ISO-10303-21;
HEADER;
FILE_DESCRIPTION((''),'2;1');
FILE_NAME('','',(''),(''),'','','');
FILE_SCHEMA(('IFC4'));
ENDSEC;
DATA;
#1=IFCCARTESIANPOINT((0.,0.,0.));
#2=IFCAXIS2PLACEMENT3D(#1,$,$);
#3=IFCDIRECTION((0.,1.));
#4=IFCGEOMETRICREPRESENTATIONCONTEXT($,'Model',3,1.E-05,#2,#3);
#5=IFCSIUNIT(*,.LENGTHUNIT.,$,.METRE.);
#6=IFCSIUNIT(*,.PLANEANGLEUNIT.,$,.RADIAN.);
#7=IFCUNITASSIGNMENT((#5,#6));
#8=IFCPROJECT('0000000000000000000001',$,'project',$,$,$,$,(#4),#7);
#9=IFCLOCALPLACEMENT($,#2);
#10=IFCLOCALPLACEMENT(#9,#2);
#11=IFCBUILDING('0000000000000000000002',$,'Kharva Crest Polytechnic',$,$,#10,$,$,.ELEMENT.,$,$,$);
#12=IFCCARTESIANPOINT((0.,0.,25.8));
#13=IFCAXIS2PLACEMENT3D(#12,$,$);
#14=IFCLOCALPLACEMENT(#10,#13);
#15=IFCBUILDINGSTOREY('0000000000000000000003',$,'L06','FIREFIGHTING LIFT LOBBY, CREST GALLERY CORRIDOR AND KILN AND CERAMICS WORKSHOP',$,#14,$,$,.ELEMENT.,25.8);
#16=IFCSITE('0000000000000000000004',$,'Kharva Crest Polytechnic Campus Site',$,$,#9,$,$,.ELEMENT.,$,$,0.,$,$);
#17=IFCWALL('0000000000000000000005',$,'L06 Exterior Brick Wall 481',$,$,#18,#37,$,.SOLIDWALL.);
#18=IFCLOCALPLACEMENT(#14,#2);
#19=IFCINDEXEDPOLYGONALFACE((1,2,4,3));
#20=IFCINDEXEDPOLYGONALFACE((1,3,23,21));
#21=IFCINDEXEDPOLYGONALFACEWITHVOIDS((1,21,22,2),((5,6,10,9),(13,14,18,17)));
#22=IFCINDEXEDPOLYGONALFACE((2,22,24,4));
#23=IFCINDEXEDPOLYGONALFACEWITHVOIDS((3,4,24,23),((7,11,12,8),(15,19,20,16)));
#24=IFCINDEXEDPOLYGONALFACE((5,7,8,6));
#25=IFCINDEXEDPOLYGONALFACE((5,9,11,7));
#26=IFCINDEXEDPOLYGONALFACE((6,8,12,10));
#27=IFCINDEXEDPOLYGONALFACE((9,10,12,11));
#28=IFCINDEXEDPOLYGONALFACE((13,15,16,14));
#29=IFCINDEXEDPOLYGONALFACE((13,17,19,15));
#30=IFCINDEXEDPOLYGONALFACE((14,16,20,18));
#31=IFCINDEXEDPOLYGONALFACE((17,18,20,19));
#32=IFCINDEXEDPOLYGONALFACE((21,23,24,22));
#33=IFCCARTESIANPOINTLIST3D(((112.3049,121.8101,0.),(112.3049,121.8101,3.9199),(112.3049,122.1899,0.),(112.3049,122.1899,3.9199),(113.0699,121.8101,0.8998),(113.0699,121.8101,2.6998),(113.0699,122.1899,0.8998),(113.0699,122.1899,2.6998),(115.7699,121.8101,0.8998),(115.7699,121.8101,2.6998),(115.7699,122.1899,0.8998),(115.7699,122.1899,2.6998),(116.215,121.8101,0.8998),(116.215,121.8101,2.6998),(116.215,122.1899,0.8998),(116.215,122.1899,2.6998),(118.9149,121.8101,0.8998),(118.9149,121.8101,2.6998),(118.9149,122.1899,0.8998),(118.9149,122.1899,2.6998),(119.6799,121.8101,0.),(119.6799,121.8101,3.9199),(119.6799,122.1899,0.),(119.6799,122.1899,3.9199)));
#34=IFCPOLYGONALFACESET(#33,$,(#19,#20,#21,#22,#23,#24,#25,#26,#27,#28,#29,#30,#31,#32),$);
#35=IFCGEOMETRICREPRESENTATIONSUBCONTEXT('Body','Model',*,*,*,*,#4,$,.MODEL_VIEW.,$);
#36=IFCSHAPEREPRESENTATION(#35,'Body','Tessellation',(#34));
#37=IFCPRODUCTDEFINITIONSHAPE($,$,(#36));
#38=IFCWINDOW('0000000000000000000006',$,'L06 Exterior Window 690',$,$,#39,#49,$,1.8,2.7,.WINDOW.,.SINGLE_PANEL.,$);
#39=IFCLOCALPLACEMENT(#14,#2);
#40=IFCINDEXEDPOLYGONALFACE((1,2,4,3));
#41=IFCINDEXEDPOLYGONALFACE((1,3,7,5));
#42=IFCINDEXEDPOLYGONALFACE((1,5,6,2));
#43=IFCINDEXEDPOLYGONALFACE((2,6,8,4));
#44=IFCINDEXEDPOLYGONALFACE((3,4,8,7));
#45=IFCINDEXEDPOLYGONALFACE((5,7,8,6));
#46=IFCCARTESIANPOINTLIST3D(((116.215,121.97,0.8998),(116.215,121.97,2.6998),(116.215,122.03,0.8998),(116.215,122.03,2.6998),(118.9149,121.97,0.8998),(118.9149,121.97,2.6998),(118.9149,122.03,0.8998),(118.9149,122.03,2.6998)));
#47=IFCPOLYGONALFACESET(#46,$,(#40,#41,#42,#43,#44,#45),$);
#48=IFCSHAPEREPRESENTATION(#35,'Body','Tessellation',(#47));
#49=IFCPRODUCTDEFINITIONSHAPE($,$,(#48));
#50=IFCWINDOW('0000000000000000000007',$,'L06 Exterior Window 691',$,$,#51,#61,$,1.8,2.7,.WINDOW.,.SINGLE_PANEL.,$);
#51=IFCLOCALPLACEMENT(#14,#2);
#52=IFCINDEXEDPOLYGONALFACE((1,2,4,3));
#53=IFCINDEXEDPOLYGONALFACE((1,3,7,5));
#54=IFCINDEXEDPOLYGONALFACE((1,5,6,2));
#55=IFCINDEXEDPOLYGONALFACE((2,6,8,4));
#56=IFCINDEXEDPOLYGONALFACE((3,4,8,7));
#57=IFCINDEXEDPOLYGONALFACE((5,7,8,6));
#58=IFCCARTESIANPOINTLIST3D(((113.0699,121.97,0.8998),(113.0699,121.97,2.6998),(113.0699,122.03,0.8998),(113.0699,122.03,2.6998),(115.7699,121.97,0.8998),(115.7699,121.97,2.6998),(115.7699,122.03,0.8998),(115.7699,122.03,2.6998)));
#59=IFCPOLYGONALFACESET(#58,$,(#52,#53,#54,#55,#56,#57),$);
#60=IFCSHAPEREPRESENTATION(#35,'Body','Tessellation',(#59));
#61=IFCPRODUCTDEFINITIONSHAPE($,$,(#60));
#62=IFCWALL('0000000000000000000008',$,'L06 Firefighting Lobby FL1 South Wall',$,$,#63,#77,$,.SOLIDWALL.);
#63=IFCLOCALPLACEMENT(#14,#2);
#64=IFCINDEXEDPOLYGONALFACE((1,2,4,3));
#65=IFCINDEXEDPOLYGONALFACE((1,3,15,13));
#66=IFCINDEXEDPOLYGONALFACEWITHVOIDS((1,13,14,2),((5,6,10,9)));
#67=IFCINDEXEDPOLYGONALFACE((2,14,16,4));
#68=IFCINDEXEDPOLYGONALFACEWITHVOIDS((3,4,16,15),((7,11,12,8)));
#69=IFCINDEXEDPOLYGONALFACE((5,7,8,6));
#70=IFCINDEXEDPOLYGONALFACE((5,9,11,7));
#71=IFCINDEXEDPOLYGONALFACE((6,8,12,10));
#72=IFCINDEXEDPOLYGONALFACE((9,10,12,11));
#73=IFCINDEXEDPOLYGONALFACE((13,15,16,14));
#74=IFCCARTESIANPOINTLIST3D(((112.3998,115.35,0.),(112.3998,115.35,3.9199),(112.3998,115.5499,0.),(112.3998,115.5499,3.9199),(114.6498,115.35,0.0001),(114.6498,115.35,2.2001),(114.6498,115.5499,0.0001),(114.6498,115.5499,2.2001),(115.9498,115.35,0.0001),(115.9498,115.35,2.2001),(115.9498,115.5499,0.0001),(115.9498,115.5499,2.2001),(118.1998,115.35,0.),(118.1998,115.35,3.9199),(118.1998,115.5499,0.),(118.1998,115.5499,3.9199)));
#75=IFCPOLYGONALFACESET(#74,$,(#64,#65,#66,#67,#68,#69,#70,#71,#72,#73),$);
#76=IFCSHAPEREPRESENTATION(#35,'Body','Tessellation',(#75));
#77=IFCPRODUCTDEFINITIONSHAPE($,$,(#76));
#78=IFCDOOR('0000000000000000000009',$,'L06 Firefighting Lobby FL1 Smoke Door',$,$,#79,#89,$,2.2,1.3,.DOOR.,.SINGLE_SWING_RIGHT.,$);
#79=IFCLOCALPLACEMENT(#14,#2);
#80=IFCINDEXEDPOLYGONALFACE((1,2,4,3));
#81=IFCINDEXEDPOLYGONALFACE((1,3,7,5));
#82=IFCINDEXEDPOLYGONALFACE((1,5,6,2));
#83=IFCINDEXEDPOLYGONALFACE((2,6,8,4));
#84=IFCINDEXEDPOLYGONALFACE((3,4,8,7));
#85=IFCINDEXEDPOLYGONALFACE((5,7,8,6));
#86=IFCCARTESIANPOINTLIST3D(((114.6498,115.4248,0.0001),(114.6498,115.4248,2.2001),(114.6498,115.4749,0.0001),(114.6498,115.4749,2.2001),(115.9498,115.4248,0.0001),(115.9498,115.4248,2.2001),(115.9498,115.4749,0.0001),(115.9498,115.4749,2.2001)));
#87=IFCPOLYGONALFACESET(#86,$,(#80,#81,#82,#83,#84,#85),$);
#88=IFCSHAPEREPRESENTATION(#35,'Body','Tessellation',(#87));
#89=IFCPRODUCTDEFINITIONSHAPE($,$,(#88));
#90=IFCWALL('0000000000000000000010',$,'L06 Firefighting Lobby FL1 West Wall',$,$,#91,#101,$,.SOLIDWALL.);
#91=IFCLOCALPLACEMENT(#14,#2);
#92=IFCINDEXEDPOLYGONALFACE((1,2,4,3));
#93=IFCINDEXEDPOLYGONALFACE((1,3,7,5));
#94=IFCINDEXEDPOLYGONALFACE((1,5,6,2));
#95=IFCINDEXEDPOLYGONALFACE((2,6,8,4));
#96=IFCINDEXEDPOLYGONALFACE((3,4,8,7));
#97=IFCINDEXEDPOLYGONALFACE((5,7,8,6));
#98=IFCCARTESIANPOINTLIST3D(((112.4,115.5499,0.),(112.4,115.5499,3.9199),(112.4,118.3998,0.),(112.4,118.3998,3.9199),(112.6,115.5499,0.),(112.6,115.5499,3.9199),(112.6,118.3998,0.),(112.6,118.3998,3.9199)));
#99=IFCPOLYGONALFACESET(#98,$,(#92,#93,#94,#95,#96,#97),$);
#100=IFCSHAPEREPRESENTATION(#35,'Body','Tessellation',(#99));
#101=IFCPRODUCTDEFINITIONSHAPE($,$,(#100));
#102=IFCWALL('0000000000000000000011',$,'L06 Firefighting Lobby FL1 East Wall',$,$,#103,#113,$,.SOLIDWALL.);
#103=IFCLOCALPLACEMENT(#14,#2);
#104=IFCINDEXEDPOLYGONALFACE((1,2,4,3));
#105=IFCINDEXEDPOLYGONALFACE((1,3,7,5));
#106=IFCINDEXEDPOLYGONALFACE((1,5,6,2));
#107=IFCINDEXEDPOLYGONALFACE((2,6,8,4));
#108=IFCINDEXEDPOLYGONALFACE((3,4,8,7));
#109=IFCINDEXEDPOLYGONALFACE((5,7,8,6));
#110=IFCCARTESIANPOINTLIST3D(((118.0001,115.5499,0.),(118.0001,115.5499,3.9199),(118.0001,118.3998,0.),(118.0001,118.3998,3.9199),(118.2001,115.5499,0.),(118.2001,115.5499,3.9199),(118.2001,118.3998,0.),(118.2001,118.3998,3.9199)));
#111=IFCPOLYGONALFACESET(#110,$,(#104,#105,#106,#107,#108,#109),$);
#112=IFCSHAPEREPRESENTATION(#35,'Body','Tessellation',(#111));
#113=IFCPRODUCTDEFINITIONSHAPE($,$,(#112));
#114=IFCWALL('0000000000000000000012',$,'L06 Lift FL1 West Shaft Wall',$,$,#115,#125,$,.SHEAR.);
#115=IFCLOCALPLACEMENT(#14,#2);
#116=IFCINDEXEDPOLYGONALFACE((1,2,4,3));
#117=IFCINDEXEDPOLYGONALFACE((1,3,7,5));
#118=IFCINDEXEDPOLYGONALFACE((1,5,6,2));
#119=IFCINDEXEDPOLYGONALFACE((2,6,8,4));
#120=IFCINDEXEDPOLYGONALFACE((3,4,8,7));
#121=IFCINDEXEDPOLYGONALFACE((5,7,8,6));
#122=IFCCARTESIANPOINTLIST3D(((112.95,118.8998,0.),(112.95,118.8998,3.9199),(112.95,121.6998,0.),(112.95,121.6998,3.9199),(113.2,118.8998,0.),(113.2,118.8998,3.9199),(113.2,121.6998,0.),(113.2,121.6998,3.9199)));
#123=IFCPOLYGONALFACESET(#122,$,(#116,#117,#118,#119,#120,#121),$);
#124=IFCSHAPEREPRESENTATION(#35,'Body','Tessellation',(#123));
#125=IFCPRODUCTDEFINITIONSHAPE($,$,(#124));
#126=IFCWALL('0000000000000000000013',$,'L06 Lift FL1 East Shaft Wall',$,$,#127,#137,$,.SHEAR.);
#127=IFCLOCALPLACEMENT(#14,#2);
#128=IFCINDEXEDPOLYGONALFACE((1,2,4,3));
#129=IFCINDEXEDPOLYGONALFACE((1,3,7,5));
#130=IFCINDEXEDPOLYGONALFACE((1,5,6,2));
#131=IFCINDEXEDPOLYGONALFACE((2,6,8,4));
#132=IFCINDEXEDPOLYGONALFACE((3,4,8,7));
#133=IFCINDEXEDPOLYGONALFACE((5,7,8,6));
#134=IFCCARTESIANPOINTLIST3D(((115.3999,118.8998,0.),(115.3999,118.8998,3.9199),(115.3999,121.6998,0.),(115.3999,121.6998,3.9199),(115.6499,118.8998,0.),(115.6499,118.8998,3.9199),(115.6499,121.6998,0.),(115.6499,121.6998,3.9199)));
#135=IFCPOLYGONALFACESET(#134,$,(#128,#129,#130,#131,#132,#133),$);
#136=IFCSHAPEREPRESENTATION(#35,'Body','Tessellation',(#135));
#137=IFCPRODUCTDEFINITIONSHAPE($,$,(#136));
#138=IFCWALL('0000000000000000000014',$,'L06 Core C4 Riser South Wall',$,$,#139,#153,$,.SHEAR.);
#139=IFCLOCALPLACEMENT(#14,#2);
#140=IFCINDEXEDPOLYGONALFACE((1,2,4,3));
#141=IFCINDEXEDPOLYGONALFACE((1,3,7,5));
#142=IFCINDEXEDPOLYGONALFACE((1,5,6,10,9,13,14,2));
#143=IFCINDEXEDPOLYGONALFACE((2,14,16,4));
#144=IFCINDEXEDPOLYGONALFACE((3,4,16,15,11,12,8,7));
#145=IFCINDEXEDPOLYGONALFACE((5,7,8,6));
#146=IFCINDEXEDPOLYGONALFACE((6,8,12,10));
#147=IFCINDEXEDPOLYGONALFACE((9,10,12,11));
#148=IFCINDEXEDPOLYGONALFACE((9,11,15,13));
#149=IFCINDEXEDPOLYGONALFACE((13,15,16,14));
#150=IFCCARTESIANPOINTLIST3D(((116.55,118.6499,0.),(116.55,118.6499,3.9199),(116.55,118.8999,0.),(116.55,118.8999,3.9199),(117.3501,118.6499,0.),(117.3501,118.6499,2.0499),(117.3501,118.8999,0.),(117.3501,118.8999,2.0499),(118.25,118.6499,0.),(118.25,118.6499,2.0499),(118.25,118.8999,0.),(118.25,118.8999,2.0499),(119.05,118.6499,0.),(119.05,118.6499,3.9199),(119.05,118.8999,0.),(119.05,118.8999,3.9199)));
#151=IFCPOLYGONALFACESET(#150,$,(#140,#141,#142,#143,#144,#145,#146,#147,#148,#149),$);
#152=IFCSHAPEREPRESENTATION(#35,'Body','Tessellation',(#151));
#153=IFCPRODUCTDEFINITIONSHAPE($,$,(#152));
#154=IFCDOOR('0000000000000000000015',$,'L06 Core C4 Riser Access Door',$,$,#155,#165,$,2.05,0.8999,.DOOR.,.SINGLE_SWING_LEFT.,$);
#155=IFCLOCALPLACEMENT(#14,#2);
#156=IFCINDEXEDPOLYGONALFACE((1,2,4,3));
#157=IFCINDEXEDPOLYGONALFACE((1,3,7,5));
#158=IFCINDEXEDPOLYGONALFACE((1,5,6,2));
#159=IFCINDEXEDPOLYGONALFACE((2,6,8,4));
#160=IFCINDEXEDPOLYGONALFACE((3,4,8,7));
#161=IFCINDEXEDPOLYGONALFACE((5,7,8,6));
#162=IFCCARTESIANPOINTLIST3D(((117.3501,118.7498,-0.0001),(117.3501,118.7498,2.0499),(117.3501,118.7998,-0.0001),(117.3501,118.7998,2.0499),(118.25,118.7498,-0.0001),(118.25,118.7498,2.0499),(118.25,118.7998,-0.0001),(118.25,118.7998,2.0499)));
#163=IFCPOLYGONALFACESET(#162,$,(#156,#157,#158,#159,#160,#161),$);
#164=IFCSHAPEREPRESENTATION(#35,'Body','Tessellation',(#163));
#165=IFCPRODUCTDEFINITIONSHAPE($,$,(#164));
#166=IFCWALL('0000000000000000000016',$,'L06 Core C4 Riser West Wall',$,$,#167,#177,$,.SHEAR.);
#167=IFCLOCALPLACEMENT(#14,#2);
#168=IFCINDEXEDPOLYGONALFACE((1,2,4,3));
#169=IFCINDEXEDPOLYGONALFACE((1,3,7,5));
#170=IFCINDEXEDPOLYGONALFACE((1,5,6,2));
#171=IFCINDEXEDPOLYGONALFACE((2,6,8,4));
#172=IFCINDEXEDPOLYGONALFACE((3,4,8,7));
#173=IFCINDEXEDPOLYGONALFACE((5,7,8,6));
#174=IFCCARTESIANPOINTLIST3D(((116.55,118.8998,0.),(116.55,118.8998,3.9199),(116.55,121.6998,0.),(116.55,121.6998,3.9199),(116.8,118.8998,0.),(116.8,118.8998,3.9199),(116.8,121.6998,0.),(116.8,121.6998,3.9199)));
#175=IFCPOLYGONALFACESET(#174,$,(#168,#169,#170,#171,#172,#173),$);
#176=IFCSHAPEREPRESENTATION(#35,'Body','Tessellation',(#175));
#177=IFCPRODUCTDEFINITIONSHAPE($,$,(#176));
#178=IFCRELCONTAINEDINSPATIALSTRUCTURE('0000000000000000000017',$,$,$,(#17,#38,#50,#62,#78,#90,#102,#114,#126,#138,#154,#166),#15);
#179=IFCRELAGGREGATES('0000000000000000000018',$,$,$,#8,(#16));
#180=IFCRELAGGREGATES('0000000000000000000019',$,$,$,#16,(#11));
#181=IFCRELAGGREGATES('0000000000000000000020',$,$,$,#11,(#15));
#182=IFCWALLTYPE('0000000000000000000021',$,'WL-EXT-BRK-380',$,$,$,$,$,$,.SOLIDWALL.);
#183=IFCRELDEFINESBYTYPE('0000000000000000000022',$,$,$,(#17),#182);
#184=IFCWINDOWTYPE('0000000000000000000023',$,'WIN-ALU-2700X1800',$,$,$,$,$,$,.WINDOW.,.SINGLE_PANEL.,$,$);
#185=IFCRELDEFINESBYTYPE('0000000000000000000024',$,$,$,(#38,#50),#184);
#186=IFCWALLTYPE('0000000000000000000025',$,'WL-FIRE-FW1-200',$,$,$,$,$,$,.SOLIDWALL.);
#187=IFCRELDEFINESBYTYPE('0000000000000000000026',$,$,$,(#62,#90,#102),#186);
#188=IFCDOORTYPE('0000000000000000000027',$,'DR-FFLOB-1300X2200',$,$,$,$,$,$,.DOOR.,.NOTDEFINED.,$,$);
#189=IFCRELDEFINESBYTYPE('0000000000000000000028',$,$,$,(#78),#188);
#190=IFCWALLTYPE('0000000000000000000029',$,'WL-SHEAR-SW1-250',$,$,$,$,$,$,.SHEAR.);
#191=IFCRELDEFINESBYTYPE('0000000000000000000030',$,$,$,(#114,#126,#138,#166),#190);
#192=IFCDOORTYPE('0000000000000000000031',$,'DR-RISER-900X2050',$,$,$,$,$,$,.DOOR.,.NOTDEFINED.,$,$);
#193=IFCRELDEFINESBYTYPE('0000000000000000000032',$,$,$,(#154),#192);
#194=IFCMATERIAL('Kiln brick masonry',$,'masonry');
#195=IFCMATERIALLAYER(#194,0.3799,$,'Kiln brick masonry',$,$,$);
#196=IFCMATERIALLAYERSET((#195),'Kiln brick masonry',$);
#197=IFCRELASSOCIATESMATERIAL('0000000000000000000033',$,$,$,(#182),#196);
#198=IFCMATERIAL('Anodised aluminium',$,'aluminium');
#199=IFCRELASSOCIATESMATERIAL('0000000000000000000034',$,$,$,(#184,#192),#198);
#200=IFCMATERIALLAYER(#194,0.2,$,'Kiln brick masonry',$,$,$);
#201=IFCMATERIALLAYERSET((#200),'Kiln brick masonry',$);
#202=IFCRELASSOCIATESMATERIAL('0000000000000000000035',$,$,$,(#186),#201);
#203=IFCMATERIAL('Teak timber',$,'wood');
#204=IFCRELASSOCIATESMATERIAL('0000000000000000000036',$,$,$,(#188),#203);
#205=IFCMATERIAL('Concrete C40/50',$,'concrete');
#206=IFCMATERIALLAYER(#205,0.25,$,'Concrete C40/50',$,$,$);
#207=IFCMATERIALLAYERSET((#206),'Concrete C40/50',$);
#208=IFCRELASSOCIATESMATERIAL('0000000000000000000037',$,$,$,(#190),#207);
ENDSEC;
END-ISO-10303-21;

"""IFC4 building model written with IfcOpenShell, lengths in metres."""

from ifc_helpers import new_model, si_unit, direction, frame, frame_2d, origin, place, context, subcontext, project, spatial, rectangle, extrude, material, layer, layer_set, type_object, element, fill, save


model = new_model("IFC4")

# Units and contexts
model_context = context("Model", 3, precision=1e-05, world=origin(), true_north=direction((0.0, 1.0)))
body_context = subcontext(model_context, "Body", "Model", "MODEL_VIEW")
ifc_project = project(units=[si_unit("LENGTHUNIT", "METRE"), si_unit("PLANEANGLEUNIT", "RADIAN")], contexts=[model_context])

# Site, building, storey
site_placement = place(None, origin())
site = spatial("IfcSite", under=ifc_project, at=site_placement, Name="Kharva Crest Polytechnic Campus Site", CompositionType="ELEMENT", RefElevation=0.0)
building_placement = place(site_placement, origin())
building = spatial("IfcBuilding", under=site, at=building_placement, Name="Kharva Crest Polytechnic", CompositionType="ELEMENT")
storey_placement = place(building_placement, frame((0.0, 0.0, 25.8)))
storey = spatial("IfcBuildingStorey", under=building, at=storey_placement, Name="L06", Description="FIREFIGHTING LIFT LOBBY, CREST GALLERY CORRIDOR AND KILN AND CERAMICS WORKSHOP", CompositionType="ELEMENT", Elevation=25.8)

# Shared definitions
ifc_material_1 = material(Name="Concrete C40/50", Category="concrete")

# Wall, openings, windows
ifc_material_2 = material(Name="Kiln brick masonry", Category="masonry")
ifc_material_3 = material(Name="Anodised aluminium", Category="aluminium")
ifc_layer_1 = layer(ifc_material_2, 0.3799, Name="Kiln brick masonry")
ifc_layer_set_1 = layer_set([ifc_layer_1], Name="Kiln brick masonry")
wall_type_1 = type_object("IfcWallType", Name="WL-EXT-BRK-380", PredefinedType="SOLIDWALL", material=ifc_layer_set_1)
wall_1_placement = place(storey_placement, frame((119.6799, 122.0, 0.0), z_axis=(0.0, 0.0, 1.0), x_axis=(-1.0, 0.0, 0.0)))
wall_1 = element("IfcWall", 1, at=wall_1_placement, inside=storey, type_object=wall_type_1, Name="L06 Exterior Brick Wall 481", PredefinedType="SOLIDWALL", context=body_context, shape_type="SweptSolid", body=[
    extrude(rectangle(XDim=7.375, YDim=0.3799, at=frame_2d((3.6875, 0.0))), origin(), (0.0, 0.0, 1.0), 3.9199),
])
opening_1_placement = place(wall_1_placement, frame((0.7649, 0.0, 0.8999)))
opening_1 = element("IfcOpeningElement", 2, at=opening_1_placement, cuts=wall_1, PredefinedType="OPENING", context=body_context, shape_type="SweptSolid", body=[
    extrude(rectangle(XDim=2.7, YDim=1.8, at=frame_2d((1.3501, 0.8999))), frame((0.0, 0.2, 0.0), z_axis=(0.0, -1.0, 0.0), x_axis=(1.0, 0.0, 0.0)), (0.0, 0.0, 1.0), 0.3999),
])
opening_2_placement = place(wall_1_placement, frame((3.9099, 0.0, 0.8999)))
opening_2 = element("IfcOpeningElement", 3, at=opening_2_placement, cuts=wall_1, PredefinedType="OPENING", context=body_context, shape_type="SweptSolid", body=[
    extrude(rectangle(XDim=2.7, YDim=1.8, at=frame_2d((1.3501, 0.8999))), frame((0.0, 0.2, 0.0), z_axis=(0.0, -1.0, 0.0), x_axis=(1.0, 0.0, 0.0)), (0.0, 0.0, 1.0), 0.3999),
])
window_type_1 = type_object("IfcWindowType", Name="WIN-ALU-2700X1800", PartitioningType="SINGLE_PANEL", PredefinedType="WINDOW", material=ifc_material_3)
window_1_placement = place(opening_1_placement, origin())
window_1 = element("IfcWindow", 4, at=window_1_placement, inside=storey, type_object=window_type_1, Name="L06 Exterior Window 690", OverallHeight=1.8, OverallWidth=2.7, PartitioningType="SINGLE_PANEL", PredefinedType="WINDOW", context=body_context, shape_type="SweptSolid", body=[
    extrude(rectangle(XDim=2.7, YDim=1.8, at=frame_2d((1.3501, 0.8999))), frame((0.0, 0.03, 0.0), z_axis=(0.0, -1.0, 0.0), x_axis=(1.0, 0.0, 0.0)), (0.0, 0.0, 1.0), 0.0601),
])
fill(opening_1, window_1)
window_2_placement = place(opening_2_placement, origin())
window_2 = element("IfcWindow", 5, at=window_2_placement, inside=storey, type_object=window_type_1, Name="L06 Exterior Window 691", OverallHeight=1.8, OverallWidth=2.7, PartitioningType="SINGLE_PANEL", PredefinedType="WINDOW", context=body_context, shape_type="SweptSolid", body=[
    extrude(rectangle(XDim=2.7, YDim=1.8, at=frame_2d((1.3501, 0.8999))), frame((0.0, 0.03, 0.0), z_axis=(0.0, -1.0, 0.0), x_axis=(1.0, 0.0, 0.0)), (0.0, 0.0, 1.0), 0.0601),
])
fill(opening_2, window_2)

# Wall, opening, door
ifc_layer_2 = layer(ifc_material_2, 0.2, Name="Kiln brick masonry")
ifc_layer_set_2 = layer_set([ifc_layer_2], Name="Kiln brick masonry")
wall_type_2 = type_object("IfcWallType", Name="WL-FIRE-FW1-200", PredefinedType="SOLIDWALL", material=ifc_layer_set_2)
wall_2_placement = place(storey_placement, frame((112.3999, 115.45, 0.0), z_axis=(0.0, 0.0, 1.0), x_axis=(1.0, 0.0, 0.0)))
wall_2 = element("IfcWall", 6, at=wall_2_placement, inside=storey, type_object=wall_type_2, Name="L06 Firefighting Lobby FL1 South Wall", PredefinedType="SOLIDWALL", context=body_context, shape_type="SweptSolid", body=[
    extrude(rectangle(XDim=5.8, YDim=0.2, at=frame_2d((2.8999, 0.0))), origin(), (0.0, 0.0, 1.0), 3.9199),
])
opening_3_placement = place(wall_2_placement, frame((2.25, 0.0, 0.0)))
opening_3 = element("IfcOpeningElement", 7, at=opening_3_placement, cuts=wall_2, PredefinedType="OPENING", context=body_context, shape_type="SweptSolid", body=[
    extrude(rectangle(XDim=1.3, YDim=2.2, at=frame_2d((0.6499, 1.1001))), frame((0.0, 0.1099, 0.0), z_axis=(0.0, -1.0, 0.0), x_axis=(1.0, 0.0, 0.0)), (0.0, 0.0, 1.0), 0.22),
])
ifc_material_4 = material(Name="Teak timber", Category="wood")
door_type_1 = type_object("IfcDoorType", Name="DR-FFLOB-1300X2200", OperationType="NOTDEFINED", PredefinedType="DOOR", material=ifc_material_4)
door_1_placement = place(opening_3_placement, origin())
door_1 = element("IfcDoor", 8, at=door_1_placement, inside=storey, type_object=door_type_1, Name="L06 Firefighting Lobby FL1 Smoke Door", OperationType="SINGLE_SWING_RIGHT", OverallHeight=2.2, OverallWidth=1.3, PredefinedType="DOOR", context=body_context, shape_type="SweptSolid", body=[
    extrude(rectangle(XDim=1.3, YDim=2.2, at=frame_2d((0.6499, 1.1001))), frame((0.0, 0.0249, 0.0), z_axis=(0.0, -1.0, 0.0), x_axis=(1.0, 0.0, 0.0)), (0.0, 0.0, 1.0), 0.05),
])
fill(opening_3, door_1)

# Walls
for number, where, z_axis, x_axis, name in (
    (9, (112.5, 115.55, 0.0), (0.0, 0.0, 1.0), (0.0, 1.0, 0.0), "L06 Firefighting Lobby FL1 West Wall"),
    (10, (118.1001, 115.55, 0.0), (0.0, 0.0, 1.0), (0.0, 1.0, 0.0), "L06 Firefighting Lobby FL1 East Wall"),
):
    element("IfcWall", number, at=place(storey_placement, frame(where, z_axis=z_axis, x_axis=x_axis)), inside=storey, type_object=wall_type_2, Name=name, PredefinedType="SOLIDWALL", context=body_context, shape_type="SweptSolid", body=[
        extrude(rectangle(XDim=2.8499, YDim=0.2, at=frame_2d((1.4248, 0.0))), origin(), (0.0, 0.0, 1.0), 3.9199),
    ])

# Shared definitions
ifc_layer_3 = layer(ifc_material_1, 0.25, Name="Concrete C40/50")
ifc_layer_set_3 = layer_set([ifc_layer_3], Name="Concrete C40/50")
wall_type_3 = type_object("IfcWallType", Name="WL-SHEAR-SW1-250", PredefinedType="SHEAR", material=ifc_layer_set_3)

# Walls
for number, where, z_axis, x_axis, name in (
    (11, (113.075, 118.8999, 0.0), (0.0, 0.0, 1.0), (0.0, 1.0, 0.0), "L06 Lift FL1 West Shaft Wall"),
    (12, (115.5249, 118.8999, 0.0), (0.0, 0.0, 1.0), (0.0, 1.0, 0.0), "L06 Lift FL1 East Shaft Wall"),
):
    element("IfcWall", number, at=place(storey_placement, frame(where, z_axis=z_axis, x_axis=x_axis)), inside=storey, type_object=wall_type_3, Name=name, PredefinedType="SHEAR", context=body_context, shape_type="SweptSolid", body=[
        extrude(rectangle(XDim=2.8, YDim=0.25, at=frame_2d((1.3999, 0.0))), origin(), (0.0, 0.0, 1.0), 3.9199),
    ])

# Wall, opening, door
wall_3_placement = place(storey_placement, frame((116.55, 118.7749, 0.0), z_axis=(0.0, 0.0, 1.0), x_axis=(1.0, 0.0, 0.0)))
wall_3 = element("IfcWall", 13, at=wall_3_placement, inside=storey, type_object=wall_type_3, Name="L06 Core C4 Riser South Wall", PredefinedType="SHEAR", context=body_context, shape_type="SweptSolid", body=[
    extrude(rectangle(XDim=2.5, YDim=0.25, at=frame_2d((1.25, 0.0))), origin(), (0.0, 0.0, 1.0), 3.9199),
])
opening_4_placement = place(wall_3_placement, frame((0.8, 0.0, 0.0)))
opening_4 = element("IfcOpeningElement", 14, at=opening_4_placement, cuts=wall_3, PredefinedType="OPENING", context=body_context, shape_type="SweptSolid", body=[
    extrude(rectangle(XDim=0.8999, YDim=2.05, at=frame_2d((0.45, 1.0249))), frame((0.0, 0.135, 0.0), z_axis=(0.0, -1.0, 0.0), x_axis=(1.0, 0.0, 0.0)), (0.0, 0.0, 1.0), 0.27),
])
door_type_2 = type_object("IfcDoorType", Name="DR-RISER-900X2050", OperationType="NOTDEFINED", PredefinedType="DOOR", material=ifc_material_3)
door_2_placement = place(opening_4_placement, origin())
door_2 = element("IfcDoor", 15, at=door_2_placement, inside=storey, type_object=door_type_2, Name="L06 Core C4 Riser Access Door", OperationType="SINGLE_SWING_LEFT", OverallHeight=2.05, OverallWidth=0.8999, PredefinedType="DOOR", context=body_context, shape_type="SweptSolid", body=[
    extrude(rectangle(XDim=0.8999, YDim=2.05, at=frame_2d((0.45, 1.0249))), frame((0.0, 0.0249, 0.0), z_axis=(0.0, -1.0, 0.0), x_axis=(1.0, 0.0, 0.0)), (0.0, 0.0, 1.0), 0.05),
])
fill(opening_4, door_2)

# Wall
for number, where, z_axis, x_axis, name in (
    (16, (116.675, 118.8999, 0.0), (0.0, 0.0, 1.0), (0.0, 1.0, 0.0), "L06 Core C4 Riser West Wall"),
):
    element("IfcWall", number, at=place(storey_placement, frame(where, z_axis=z_axis, x_axis=x_axis)), inside=storey, type_object=wall_type_3, Name=name, PredefinedType="SHEAR", context=body_context, shape_type="SweptSolid", body=[
        extrude(rectangle(XDim=2.8, YDim=0.25, at=frame_2d((1.3999, 0.0))), origin(), (0.0, 0.0, 1.0), 3.9199),
    ])

save(model, "model.ifc")
